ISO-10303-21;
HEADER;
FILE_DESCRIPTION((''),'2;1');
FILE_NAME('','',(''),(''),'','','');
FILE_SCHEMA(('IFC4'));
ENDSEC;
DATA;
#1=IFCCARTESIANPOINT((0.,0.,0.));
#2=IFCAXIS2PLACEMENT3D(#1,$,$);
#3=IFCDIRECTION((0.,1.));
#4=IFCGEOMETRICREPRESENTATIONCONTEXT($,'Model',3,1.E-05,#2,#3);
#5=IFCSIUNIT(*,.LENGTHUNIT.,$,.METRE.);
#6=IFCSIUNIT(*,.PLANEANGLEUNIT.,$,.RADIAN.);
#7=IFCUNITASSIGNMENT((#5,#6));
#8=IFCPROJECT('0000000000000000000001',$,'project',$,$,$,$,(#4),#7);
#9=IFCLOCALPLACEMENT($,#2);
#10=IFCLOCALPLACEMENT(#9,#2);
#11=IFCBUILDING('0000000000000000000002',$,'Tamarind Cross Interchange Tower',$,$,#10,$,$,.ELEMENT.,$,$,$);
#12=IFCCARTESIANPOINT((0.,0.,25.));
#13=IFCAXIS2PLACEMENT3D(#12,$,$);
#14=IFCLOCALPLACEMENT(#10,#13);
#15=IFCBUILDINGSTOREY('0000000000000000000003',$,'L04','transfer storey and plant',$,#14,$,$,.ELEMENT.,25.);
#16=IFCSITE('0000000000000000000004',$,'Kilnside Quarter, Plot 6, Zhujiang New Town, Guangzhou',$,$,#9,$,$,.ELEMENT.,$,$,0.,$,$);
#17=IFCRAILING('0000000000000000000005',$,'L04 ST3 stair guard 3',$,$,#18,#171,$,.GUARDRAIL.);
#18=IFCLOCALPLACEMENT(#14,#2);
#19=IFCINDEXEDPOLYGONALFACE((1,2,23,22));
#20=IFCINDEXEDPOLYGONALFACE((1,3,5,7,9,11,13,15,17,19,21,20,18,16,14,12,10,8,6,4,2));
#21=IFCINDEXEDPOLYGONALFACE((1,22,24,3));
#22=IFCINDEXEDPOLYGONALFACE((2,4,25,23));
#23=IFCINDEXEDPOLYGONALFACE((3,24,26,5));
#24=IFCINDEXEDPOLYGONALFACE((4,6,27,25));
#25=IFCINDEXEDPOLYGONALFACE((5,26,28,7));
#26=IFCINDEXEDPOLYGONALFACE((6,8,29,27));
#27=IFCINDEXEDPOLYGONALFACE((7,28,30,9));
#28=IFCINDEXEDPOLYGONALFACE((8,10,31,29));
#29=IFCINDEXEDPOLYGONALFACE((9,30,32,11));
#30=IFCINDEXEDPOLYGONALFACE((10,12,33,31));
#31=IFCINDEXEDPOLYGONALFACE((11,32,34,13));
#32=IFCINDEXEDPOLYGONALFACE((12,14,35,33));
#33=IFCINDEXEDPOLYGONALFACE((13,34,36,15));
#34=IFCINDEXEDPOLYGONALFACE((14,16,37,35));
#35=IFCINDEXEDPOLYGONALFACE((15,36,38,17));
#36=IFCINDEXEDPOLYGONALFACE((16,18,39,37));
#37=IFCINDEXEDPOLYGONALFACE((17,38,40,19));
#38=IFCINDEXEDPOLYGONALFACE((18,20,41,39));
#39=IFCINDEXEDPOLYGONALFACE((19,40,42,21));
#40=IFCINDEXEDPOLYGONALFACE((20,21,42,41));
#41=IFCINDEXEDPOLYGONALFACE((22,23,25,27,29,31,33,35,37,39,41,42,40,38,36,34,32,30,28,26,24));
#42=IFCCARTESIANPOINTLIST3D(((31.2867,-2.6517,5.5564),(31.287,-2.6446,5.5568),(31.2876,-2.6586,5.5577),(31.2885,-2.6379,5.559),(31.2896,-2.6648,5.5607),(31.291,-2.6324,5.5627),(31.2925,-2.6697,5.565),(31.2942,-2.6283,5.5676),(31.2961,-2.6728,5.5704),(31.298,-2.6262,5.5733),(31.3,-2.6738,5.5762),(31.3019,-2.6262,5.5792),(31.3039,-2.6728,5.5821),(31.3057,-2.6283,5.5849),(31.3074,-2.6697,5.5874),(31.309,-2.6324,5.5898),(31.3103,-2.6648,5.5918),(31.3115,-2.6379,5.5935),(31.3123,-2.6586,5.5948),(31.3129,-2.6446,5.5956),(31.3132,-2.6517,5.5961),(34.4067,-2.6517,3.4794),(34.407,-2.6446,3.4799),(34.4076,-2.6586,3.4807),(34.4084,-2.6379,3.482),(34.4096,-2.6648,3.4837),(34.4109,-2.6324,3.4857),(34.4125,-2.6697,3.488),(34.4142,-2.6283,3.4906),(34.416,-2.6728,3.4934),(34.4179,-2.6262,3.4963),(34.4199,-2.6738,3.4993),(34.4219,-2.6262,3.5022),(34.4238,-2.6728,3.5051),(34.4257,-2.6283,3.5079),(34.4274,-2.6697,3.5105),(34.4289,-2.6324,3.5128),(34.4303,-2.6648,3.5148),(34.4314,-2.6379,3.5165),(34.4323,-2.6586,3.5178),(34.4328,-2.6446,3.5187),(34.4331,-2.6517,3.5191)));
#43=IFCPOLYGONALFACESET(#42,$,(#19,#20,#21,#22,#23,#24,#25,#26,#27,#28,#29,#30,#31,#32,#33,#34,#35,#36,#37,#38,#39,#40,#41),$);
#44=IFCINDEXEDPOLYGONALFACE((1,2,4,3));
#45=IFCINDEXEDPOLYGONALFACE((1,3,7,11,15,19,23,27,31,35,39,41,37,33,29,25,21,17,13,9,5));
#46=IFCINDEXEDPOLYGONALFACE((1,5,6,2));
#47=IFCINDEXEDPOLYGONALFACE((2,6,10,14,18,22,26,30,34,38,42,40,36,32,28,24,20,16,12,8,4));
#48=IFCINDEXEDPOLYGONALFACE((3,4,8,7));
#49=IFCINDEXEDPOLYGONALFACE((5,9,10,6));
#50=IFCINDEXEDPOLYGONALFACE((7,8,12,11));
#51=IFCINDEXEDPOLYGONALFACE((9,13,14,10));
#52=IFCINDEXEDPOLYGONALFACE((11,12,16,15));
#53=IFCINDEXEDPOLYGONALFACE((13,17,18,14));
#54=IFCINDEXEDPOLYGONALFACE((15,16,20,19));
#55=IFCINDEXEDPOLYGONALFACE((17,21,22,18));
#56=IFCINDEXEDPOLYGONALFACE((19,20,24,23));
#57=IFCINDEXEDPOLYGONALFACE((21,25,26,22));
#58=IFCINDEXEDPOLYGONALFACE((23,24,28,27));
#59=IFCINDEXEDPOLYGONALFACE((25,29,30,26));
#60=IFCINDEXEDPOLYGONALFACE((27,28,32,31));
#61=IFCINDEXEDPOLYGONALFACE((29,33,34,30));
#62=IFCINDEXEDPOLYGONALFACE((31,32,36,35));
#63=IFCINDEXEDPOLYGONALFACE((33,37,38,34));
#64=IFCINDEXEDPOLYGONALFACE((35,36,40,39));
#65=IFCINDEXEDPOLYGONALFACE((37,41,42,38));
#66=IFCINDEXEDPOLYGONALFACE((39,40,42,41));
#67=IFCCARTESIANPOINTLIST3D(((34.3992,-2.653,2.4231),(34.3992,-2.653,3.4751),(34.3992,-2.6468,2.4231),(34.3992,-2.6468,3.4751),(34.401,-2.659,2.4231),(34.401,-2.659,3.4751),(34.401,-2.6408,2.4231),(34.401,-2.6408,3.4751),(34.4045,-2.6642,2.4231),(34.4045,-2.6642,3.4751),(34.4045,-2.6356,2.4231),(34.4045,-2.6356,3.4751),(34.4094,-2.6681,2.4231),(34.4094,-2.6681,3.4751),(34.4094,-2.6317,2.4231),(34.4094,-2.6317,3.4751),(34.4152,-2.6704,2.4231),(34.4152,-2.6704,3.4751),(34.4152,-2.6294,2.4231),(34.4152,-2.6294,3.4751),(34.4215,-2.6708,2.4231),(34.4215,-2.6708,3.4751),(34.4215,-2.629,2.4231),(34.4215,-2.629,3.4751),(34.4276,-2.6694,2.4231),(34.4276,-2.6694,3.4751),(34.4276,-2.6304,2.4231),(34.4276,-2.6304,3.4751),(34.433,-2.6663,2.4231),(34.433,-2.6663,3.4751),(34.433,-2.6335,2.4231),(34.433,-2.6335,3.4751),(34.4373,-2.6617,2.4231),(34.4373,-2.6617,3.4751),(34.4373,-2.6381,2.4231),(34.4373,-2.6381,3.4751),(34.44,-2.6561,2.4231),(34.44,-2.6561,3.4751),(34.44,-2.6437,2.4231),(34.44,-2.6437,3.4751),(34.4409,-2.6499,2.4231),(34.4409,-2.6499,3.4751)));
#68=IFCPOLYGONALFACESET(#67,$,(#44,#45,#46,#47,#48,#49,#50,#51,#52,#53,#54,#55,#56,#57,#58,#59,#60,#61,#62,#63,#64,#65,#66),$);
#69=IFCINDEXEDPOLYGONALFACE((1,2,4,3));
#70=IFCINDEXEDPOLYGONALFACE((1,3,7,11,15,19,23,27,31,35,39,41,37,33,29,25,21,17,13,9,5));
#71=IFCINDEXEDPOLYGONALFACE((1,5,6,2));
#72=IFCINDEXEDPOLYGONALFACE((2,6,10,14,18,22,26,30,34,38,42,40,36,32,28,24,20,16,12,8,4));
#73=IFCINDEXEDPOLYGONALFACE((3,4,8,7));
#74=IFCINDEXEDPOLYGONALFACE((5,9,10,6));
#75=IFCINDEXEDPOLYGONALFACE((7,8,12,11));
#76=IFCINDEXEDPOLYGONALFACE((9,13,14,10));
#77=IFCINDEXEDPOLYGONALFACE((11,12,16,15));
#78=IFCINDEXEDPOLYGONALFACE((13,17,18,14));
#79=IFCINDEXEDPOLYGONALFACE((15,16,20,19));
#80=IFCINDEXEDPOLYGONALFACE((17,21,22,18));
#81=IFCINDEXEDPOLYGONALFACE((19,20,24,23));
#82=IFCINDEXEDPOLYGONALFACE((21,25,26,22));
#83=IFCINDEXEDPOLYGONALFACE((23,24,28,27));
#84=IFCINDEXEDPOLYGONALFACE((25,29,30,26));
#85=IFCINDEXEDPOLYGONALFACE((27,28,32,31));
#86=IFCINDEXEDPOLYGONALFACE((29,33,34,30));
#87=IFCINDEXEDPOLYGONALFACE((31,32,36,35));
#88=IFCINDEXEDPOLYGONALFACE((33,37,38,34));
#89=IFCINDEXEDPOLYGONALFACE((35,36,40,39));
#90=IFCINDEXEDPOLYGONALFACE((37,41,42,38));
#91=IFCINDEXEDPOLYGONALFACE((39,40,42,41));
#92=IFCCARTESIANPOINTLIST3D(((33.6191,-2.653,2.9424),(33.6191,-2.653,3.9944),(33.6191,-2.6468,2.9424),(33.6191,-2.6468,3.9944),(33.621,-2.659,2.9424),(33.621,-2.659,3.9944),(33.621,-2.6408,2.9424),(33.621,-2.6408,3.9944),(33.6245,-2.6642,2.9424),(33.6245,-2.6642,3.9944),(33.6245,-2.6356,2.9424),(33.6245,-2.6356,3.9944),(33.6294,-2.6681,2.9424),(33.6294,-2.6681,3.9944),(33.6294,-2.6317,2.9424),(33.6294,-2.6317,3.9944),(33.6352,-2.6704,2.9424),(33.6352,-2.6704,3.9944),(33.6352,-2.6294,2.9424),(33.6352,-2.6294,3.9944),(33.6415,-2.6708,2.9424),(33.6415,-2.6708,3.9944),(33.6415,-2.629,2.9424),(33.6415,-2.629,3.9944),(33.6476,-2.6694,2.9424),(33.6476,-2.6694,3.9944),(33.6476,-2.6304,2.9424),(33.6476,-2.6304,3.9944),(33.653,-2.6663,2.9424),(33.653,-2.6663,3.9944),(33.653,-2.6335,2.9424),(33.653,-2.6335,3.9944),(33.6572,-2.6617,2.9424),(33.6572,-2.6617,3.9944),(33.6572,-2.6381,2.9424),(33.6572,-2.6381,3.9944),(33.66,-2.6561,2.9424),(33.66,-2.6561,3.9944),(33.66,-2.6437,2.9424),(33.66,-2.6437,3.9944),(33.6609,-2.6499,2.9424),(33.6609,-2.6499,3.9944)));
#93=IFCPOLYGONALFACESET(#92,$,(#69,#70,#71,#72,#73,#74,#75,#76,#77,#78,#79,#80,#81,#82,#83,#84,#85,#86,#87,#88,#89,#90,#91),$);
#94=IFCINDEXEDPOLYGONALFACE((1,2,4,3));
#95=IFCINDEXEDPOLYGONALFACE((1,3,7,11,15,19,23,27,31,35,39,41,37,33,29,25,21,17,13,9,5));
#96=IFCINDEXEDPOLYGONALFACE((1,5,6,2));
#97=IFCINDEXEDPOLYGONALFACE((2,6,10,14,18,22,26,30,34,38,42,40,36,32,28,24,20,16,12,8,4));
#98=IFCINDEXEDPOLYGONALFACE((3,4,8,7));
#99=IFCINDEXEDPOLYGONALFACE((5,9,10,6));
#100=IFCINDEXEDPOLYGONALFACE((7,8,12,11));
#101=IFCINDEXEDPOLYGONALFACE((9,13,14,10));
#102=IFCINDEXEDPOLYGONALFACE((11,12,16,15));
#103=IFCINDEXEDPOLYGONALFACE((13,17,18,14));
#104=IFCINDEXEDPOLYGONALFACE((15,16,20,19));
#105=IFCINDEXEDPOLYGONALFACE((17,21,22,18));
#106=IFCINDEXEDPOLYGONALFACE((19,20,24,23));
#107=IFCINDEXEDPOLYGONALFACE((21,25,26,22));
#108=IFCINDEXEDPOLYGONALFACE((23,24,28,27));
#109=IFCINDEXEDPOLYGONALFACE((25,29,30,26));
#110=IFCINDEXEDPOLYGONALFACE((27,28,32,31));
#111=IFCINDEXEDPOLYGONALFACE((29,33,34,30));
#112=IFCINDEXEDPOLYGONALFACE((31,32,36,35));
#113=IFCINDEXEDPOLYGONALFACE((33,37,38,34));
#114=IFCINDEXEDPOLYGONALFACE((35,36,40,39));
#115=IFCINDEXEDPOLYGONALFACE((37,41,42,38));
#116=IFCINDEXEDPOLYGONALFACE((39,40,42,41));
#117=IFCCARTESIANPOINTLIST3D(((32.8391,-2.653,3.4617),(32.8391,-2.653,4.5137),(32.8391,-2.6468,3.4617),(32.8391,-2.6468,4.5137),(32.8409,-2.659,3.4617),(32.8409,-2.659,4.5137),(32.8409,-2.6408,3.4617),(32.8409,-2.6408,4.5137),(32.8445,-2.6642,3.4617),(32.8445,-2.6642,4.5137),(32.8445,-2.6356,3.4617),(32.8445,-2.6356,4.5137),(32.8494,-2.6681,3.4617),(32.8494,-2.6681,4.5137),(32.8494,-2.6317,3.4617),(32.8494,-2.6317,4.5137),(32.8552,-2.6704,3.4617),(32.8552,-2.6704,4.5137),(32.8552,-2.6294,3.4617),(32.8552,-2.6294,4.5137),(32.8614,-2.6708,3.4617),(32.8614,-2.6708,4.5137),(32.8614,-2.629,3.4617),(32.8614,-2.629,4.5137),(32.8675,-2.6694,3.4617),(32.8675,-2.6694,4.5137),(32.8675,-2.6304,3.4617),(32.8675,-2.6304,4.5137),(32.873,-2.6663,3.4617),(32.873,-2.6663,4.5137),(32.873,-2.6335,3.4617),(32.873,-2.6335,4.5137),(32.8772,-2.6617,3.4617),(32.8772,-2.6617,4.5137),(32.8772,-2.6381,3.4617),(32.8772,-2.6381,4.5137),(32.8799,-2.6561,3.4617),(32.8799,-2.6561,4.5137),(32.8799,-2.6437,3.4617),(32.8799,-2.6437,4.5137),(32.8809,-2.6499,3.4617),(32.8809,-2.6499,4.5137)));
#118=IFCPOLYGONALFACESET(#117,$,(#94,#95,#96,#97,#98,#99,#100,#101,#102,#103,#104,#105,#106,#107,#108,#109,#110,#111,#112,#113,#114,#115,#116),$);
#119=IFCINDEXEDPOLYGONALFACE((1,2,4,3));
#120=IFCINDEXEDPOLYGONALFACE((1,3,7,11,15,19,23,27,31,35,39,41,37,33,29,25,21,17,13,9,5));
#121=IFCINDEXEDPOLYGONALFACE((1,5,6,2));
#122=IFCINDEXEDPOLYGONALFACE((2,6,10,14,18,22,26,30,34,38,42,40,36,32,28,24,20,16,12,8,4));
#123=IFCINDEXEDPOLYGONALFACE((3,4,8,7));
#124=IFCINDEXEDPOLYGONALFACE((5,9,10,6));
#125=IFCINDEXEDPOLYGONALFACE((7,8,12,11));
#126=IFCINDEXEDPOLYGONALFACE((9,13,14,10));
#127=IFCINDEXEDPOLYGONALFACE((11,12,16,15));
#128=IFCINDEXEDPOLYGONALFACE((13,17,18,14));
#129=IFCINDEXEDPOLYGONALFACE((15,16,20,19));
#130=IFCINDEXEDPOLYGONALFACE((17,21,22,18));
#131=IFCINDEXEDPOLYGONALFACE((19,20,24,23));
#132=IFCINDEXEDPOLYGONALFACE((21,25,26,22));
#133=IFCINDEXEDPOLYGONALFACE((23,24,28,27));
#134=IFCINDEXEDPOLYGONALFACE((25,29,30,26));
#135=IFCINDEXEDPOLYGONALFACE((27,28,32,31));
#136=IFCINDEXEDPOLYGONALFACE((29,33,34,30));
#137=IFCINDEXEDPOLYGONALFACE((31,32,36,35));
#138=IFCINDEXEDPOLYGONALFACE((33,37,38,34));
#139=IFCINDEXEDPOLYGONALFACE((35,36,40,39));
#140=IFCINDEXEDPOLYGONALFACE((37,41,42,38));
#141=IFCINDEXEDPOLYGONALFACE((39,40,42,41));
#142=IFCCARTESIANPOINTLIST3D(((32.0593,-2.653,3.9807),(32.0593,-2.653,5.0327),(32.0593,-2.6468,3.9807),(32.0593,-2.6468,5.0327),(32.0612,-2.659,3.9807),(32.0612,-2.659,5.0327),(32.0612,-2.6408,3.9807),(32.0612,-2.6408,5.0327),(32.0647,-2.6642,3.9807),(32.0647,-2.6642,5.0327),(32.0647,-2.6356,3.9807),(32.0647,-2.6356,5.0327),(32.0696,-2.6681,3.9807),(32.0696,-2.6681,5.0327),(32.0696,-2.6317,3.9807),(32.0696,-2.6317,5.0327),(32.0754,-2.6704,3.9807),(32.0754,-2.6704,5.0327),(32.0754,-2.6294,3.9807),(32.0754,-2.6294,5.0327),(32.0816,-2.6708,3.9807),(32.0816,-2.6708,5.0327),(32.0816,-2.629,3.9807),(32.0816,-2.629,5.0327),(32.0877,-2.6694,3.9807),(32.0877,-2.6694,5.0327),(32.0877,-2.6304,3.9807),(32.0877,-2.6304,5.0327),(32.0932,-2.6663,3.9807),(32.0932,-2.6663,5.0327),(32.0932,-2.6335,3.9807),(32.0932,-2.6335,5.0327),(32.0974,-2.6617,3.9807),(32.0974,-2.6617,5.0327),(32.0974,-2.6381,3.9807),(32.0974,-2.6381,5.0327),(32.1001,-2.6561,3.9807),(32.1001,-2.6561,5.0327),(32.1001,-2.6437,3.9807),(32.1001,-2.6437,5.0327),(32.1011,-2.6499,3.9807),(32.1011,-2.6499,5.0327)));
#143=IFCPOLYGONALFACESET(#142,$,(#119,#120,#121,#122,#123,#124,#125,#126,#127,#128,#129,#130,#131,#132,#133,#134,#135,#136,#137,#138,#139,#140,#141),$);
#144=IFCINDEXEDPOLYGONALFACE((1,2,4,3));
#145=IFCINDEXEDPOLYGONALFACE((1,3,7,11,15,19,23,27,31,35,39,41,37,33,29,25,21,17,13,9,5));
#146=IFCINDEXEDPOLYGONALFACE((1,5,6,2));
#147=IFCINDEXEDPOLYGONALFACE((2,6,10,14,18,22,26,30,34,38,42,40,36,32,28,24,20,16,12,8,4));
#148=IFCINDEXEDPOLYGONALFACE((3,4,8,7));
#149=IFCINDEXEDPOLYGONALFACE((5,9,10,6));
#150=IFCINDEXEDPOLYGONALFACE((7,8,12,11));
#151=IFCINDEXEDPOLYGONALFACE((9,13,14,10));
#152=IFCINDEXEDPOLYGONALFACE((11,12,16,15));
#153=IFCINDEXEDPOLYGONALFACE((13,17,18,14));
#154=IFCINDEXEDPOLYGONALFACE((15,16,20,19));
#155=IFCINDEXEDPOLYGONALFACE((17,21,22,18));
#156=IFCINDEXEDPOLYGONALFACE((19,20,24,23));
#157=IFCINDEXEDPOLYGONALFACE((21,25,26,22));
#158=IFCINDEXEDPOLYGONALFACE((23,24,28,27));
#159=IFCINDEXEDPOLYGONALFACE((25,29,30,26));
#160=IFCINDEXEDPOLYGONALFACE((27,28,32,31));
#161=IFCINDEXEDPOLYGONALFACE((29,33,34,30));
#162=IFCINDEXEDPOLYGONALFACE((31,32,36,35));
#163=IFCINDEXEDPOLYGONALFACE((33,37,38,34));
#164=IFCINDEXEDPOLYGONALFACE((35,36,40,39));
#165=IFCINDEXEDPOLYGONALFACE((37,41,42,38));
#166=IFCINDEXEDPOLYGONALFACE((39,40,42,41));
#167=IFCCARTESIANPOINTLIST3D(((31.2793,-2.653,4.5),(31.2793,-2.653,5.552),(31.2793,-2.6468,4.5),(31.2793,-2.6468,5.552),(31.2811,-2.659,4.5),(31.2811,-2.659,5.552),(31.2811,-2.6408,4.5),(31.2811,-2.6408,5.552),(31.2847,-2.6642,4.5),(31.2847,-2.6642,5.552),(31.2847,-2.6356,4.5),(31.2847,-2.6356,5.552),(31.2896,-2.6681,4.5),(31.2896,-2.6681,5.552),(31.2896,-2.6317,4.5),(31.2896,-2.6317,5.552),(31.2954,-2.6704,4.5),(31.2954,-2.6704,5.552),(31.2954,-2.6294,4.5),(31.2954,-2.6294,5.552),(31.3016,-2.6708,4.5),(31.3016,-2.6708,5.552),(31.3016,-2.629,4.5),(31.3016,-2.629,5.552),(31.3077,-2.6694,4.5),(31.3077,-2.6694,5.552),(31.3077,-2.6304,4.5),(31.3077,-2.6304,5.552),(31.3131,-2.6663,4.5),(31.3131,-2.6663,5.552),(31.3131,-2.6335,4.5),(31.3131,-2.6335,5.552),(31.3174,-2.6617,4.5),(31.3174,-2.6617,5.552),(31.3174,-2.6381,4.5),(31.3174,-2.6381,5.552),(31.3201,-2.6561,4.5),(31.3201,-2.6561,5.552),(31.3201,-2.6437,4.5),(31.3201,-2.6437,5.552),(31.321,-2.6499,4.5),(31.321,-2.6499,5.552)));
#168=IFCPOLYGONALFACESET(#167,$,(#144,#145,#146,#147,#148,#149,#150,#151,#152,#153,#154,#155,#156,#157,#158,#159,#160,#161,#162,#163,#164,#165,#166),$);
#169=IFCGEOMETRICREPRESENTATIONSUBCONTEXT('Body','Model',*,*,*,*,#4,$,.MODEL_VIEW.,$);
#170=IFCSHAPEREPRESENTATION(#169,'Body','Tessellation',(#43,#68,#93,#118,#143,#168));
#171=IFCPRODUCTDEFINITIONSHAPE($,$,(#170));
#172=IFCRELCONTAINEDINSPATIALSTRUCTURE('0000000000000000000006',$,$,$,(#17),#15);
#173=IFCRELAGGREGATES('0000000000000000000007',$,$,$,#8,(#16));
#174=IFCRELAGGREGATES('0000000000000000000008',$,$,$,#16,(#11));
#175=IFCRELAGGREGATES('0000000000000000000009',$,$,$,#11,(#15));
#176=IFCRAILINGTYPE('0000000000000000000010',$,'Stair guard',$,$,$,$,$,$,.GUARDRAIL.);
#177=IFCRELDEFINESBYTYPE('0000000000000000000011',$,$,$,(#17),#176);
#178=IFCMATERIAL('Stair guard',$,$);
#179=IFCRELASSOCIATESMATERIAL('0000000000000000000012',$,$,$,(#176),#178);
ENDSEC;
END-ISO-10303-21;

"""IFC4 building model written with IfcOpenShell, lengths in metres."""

from ifc_helpers import new_model, si_unit, direction, frame, origin, origin_2d, place, context, subcontext, project, spatial, circle, extrude, material, type_object, element, save


model = new_model("IFC4")

# Units and contexts
model_context = context("Model", 3, precision=1e-05, world=origin(), true_north=direction((0.0, 1.0)))
body_context = subcontext(model_context, "Body", "Model", "MODEL_VIEW")
ifc_project = project(units=[si_unit("LENGTHUNIT", "METRE"), si_unit("PLANEANGLEUNIT", "RADIAN")], contexts=[model_context])

# Site, building, storey
site_placement = place(None, origin())
site = spatial("IfcSite", under=ifc_project, at=site_placement, Name="Kilnside Quarter, Plot 6, Zhujiang New Town, Guangzhou", CompositionType="ELEMENT", RefElevation=0.0)
building_placement = place(site_placement, origin())
building = spatial("IfcBuilding", under=site, at=building_placement, Name="Tamarind Cross Interchange Tower", CompositionType="ELEMENT")
storey_placement = place(building_placement, frame((0.0, 0.0, 25.0)))
storey = spatial("IfcBuildingStorey", under=building, at=storey_placement, Name="L04", Description="transfer storey and plant", CompositionType="ELEMENT", Elevation=25.0)

# Railing
ifc_material_1 = material(Name="Stair guard")
railing_type_1 = type_object("IfcRailingType", Name="Stair guard", PredefinedType="GUARDRAIL", material=ifc_material_1)
railing_1_placement = place(storey_placement, frame((34.4199, -2.6499, 2.4231)))
element("IfcRailing", 1, at=railing_1_placement, inside=storey, type_object=railing_type_1, Name="L04 ST3 stair guard 3", PredefinedType="GUARDRAIL", context=body_context, shape_type="SweptSolid", body=[
    extrude(circle(Radius=0.0239, at=origin_2d()), frame((0.0, 0.0, 1.0762), z_axis=(-0.832421, 0.0, 0.554144), x_axis=(0.0, -1.0, 0.0)), (0.0, 0.0, 1.0), 3.748),
    extrude(circle(Radius=0.021, at=origin_2d()), origin(), (0.0, 0.0, 1.0), 1.052),
    extrude(circle(Radius=0.021, at=origin_2d()), frame((-0.78, 0.0, 0.5193)), (0.0, 0.0, 1.0), 1.052),
    extrude(circle(Radius=0.021, at=origin_2d()), frame((-1.5601, 0.0, 1.0386)), (0.0, 0.0, 1.0), 1.052),
    extrude(circle(Radius=0.021, at=origin_2d()), frame((-2.3398, 0.0, 1.5576)), (0.0, 0.0, 1.0), 1.052),
    extrude(circle(Radius=0.021, at=origin_2d()), frame((-3.1199, 0.0, 2.0769)), (0.0, 0.0, 1.0), 1.052),
])

save(model, "model.ifc")
